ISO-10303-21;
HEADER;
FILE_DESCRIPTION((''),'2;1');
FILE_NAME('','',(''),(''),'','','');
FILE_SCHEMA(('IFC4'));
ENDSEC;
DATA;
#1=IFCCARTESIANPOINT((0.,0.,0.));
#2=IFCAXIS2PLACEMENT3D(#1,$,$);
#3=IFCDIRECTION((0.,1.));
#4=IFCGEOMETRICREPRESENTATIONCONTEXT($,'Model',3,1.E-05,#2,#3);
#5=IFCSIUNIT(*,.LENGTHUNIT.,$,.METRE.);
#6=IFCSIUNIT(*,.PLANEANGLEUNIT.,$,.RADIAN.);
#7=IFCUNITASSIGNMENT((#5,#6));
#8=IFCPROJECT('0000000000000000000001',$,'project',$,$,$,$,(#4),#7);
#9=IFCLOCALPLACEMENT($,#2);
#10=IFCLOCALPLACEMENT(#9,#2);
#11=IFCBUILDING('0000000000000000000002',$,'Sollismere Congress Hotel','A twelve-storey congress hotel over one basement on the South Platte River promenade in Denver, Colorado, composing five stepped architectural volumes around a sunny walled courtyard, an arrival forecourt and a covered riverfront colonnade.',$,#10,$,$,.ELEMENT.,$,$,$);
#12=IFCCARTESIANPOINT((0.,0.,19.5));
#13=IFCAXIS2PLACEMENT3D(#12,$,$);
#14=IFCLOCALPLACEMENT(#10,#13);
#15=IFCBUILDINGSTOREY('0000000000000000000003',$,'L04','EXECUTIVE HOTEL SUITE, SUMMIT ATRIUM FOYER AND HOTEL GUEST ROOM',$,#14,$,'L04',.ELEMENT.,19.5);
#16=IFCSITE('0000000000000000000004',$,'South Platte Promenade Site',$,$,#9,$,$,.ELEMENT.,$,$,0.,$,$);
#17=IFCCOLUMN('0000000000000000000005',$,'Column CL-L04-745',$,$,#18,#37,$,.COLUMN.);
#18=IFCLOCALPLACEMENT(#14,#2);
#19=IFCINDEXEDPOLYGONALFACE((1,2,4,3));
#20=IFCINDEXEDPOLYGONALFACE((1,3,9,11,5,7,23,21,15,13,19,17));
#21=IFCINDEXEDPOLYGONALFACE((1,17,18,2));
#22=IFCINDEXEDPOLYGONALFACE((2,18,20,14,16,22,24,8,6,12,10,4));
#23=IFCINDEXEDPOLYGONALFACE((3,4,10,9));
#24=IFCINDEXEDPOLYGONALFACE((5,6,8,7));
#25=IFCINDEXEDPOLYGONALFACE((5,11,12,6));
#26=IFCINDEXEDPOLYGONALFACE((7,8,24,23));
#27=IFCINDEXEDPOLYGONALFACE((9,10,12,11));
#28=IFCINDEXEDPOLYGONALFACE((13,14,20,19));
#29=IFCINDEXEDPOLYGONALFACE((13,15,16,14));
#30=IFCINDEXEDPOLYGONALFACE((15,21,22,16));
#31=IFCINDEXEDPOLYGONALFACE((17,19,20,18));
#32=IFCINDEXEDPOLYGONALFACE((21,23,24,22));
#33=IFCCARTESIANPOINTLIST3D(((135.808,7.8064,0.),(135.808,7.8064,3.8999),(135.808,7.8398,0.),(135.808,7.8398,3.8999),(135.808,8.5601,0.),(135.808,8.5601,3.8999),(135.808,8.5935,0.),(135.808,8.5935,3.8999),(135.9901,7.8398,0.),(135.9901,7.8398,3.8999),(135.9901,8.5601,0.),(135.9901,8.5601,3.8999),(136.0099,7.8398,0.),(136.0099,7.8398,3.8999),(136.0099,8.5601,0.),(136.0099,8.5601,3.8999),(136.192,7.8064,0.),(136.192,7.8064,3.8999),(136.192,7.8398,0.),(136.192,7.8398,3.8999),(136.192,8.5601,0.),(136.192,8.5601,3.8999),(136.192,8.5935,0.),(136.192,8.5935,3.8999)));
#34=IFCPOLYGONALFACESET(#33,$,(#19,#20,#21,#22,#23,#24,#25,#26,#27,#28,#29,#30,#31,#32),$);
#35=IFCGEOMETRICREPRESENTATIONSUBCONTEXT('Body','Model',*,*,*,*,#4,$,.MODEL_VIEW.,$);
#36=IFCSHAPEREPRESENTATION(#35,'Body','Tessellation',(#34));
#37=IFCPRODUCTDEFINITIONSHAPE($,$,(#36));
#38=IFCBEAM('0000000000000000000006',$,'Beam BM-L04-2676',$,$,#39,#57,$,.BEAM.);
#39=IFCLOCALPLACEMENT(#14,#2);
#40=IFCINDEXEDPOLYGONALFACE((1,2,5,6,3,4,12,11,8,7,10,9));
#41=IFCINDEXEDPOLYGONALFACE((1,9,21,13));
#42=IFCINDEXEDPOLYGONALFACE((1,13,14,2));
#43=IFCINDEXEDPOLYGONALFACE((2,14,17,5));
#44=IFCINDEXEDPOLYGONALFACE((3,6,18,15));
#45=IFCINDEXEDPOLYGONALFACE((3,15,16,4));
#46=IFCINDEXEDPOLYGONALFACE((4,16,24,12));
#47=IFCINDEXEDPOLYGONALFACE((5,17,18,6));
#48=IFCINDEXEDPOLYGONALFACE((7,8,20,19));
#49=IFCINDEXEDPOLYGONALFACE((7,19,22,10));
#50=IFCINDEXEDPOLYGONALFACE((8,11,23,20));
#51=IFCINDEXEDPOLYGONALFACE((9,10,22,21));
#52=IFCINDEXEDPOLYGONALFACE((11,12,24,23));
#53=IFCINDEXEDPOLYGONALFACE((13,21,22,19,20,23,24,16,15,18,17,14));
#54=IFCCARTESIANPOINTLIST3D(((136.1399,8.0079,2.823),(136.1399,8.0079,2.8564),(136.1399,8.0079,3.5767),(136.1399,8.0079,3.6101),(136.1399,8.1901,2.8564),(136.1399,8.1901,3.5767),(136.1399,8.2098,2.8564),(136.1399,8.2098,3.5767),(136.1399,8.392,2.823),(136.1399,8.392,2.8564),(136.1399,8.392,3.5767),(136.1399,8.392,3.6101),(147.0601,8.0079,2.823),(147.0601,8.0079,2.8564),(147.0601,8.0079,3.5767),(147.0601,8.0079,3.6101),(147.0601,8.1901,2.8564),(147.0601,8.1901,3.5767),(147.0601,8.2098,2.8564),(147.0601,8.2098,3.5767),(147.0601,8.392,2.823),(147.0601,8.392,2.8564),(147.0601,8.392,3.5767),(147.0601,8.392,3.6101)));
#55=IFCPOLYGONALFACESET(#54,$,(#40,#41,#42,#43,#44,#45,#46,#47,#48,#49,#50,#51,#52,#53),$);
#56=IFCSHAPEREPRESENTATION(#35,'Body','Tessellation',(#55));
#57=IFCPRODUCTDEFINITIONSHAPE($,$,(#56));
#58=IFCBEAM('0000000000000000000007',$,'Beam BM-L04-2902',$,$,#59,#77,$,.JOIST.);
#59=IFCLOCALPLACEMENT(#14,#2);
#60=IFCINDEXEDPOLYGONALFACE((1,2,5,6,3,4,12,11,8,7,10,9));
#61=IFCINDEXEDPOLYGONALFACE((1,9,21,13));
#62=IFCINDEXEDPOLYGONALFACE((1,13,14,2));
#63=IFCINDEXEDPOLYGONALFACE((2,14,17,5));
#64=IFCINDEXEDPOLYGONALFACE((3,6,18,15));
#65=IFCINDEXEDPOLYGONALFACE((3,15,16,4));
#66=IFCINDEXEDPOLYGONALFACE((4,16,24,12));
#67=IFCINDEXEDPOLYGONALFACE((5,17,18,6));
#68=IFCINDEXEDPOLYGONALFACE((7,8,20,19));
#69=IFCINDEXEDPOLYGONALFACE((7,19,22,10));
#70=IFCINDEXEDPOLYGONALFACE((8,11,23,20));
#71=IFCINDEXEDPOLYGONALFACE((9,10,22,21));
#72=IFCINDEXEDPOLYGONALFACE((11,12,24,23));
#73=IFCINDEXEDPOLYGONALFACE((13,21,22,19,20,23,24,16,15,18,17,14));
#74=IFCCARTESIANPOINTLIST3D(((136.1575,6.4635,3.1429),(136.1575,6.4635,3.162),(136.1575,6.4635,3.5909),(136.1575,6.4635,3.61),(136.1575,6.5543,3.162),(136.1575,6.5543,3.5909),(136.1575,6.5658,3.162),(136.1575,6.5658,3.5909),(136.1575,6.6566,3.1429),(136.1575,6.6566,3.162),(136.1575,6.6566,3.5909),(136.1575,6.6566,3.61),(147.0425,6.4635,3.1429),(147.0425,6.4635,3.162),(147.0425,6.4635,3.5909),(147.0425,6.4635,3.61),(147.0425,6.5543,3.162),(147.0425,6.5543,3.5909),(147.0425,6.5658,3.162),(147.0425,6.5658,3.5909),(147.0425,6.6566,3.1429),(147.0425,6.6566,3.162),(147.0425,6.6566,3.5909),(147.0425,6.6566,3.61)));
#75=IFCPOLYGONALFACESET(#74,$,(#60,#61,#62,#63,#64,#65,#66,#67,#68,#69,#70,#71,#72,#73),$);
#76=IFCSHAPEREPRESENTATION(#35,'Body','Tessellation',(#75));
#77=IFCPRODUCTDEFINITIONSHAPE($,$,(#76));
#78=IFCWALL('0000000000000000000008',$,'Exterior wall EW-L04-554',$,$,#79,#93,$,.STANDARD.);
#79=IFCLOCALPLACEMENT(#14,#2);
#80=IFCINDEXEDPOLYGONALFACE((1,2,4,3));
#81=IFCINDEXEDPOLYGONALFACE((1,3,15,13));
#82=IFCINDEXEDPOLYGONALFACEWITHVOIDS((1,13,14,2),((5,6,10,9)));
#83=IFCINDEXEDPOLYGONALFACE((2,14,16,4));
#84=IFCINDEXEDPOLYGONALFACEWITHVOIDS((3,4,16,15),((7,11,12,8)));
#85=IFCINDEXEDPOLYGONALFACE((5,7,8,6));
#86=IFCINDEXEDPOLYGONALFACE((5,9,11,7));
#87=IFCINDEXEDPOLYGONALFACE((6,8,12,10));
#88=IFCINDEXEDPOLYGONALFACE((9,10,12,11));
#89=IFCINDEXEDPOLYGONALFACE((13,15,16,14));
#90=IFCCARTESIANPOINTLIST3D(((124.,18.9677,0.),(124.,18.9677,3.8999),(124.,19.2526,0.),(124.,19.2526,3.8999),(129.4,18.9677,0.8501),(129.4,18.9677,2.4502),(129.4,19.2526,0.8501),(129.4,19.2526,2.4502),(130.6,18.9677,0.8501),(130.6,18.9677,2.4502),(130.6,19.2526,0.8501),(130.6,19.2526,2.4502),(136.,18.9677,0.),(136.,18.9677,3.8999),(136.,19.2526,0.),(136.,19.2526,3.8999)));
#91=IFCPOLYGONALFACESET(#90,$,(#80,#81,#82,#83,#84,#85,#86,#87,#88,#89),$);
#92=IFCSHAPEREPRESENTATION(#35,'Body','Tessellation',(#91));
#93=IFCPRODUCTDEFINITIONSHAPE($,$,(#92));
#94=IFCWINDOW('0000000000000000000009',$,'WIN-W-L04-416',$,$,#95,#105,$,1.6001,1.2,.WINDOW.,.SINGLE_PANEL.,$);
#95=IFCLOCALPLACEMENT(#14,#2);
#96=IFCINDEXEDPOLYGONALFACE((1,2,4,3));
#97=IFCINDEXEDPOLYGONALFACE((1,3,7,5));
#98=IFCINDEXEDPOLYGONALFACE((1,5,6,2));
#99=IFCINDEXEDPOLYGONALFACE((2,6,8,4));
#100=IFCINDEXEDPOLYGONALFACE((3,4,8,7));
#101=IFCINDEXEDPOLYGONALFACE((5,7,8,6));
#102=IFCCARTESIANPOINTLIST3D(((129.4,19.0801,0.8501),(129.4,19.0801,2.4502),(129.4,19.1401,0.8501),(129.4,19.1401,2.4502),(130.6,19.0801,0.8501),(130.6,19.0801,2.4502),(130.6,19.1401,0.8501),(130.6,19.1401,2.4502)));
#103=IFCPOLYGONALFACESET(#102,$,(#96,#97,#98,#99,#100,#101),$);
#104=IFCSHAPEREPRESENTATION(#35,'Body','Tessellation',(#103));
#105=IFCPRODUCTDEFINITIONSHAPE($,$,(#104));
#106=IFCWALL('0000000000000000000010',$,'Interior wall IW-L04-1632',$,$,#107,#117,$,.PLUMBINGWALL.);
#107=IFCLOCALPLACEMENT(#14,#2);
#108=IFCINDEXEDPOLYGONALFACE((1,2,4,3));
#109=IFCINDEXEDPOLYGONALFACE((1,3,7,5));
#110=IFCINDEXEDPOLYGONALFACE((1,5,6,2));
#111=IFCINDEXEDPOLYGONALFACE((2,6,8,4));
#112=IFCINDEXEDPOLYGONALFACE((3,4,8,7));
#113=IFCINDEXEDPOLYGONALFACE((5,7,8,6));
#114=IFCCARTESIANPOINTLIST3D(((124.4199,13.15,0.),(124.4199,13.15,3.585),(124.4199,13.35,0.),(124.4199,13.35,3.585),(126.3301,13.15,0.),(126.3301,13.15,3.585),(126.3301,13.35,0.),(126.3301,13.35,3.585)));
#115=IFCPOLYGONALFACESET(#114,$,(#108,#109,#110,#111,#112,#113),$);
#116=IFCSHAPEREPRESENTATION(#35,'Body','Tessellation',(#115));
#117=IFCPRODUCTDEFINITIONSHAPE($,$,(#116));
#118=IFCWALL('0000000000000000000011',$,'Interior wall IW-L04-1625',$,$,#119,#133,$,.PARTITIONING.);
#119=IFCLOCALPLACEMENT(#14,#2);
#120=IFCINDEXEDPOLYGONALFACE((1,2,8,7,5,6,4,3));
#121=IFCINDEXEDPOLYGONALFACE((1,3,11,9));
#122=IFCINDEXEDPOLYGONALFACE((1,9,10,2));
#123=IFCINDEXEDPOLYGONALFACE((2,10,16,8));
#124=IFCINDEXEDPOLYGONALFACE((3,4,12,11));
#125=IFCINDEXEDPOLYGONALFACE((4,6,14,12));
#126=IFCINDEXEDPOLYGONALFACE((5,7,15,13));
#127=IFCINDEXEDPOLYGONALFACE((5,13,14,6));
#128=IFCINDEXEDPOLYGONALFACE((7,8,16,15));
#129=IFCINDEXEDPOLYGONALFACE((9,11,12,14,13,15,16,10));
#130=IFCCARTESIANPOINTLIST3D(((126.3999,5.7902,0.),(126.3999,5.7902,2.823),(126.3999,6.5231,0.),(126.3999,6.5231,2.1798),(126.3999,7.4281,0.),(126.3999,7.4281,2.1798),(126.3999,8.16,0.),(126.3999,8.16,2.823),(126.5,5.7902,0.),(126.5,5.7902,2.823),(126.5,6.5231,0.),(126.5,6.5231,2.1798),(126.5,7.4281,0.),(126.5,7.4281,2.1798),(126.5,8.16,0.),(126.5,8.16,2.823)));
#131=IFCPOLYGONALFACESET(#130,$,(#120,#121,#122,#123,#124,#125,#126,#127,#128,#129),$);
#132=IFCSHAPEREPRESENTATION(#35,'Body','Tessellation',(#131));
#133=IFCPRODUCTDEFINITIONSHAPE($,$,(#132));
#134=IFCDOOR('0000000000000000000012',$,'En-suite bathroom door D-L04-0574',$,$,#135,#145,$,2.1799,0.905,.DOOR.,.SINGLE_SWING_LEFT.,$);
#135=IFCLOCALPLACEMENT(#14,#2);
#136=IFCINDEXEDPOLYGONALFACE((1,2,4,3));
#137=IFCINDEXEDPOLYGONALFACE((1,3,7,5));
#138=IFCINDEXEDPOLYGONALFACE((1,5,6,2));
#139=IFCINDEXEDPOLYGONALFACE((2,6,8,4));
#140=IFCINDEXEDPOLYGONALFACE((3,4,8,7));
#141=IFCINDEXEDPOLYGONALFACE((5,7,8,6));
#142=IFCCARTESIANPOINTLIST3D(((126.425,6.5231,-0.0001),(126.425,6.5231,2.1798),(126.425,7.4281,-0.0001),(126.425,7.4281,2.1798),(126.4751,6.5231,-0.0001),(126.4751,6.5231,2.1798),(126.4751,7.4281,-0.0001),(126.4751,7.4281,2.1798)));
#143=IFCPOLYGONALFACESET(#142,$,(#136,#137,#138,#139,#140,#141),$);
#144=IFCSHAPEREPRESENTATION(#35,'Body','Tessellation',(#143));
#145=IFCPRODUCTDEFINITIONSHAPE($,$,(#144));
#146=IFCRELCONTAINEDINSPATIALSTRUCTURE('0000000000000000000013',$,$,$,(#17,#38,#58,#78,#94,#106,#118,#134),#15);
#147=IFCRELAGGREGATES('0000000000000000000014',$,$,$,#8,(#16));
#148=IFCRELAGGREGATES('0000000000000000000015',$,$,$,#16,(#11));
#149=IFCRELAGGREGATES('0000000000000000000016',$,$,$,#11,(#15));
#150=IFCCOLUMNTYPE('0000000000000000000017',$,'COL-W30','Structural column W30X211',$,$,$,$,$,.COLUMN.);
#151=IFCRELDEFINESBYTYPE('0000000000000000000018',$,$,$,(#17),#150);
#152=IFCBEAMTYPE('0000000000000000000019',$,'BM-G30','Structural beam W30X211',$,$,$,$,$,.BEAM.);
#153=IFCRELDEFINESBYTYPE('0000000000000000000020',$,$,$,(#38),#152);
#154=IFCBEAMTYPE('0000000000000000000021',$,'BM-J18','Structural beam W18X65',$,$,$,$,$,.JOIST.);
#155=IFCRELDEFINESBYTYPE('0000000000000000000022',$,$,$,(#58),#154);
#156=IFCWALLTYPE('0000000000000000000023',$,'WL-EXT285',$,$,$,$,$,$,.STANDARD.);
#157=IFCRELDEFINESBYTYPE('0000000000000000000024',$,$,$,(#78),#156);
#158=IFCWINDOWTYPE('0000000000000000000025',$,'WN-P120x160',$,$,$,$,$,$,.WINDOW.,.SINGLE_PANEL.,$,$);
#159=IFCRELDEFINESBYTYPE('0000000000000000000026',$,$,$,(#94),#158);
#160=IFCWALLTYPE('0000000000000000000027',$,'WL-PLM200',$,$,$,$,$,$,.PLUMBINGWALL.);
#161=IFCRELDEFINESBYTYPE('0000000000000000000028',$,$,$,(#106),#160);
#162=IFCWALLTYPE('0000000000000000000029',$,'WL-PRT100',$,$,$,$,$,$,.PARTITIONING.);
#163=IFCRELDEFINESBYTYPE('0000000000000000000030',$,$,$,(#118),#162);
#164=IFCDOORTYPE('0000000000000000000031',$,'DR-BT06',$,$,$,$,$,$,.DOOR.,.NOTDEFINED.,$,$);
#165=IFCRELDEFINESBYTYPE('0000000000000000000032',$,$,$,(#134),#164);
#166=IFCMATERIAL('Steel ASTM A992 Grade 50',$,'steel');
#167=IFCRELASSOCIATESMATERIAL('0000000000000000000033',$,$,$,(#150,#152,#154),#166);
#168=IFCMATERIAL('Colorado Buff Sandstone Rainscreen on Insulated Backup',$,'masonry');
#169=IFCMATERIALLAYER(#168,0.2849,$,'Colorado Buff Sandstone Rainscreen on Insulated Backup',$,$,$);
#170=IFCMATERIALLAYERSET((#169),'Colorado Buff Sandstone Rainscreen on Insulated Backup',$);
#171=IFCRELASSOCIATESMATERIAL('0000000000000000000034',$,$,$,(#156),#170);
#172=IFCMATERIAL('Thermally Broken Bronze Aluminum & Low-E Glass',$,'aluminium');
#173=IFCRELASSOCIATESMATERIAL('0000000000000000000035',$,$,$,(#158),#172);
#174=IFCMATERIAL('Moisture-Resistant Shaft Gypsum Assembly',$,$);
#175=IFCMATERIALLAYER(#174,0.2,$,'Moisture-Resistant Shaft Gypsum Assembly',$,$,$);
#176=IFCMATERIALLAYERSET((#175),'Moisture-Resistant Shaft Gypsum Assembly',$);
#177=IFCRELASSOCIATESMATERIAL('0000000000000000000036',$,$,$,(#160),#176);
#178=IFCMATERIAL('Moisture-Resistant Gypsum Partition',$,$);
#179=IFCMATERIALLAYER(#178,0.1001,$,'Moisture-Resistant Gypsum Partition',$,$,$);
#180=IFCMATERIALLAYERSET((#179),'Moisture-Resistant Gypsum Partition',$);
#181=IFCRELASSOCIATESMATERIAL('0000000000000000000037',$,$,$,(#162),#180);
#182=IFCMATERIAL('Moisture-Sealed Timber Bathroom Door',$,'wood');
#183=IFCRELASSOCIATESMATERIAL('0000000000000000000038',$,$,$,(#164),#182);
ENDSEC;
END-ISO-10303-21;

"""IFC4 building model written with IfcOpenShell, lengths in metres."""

from ifc_helpers import new_model, si_unit, direction, frame, frame_2d, origin, origin_2d, place, context, subcontext, project, spatial, rectangle, i_section, extrude, material, layer, layer_set, material_profile, profile_set, type_object, element, fill, save


model = new_model("IFC4")

# Units and contexts
model_context = context("Model", 3, precision=1e-05, world=origin(), true_north=direction((0.0, 1.0)))
body_context = subcontext(model_context, "Body", "Model", "MODEL_VIEW")
ifc_project = project(units=[si_unit("LENGTHUNIT", "METRE"), si_unit("PLANEANGLEUNIT", "RADIAN")], contexts=[model_context])

# Site, building, storey
site_placement = place(None, origin())
site = spatial("IfcSite", under=ifc_project, at=site_placement, Name="South Platte Promenade Site", CompositionType="ELEMENT", RefElevation=0.0)
building_placement = place(site_placement, origin())
building = spatial("IfcBuilding", under=site, at=building_placement, Name="Sollismere Congress Hotel", Description="A twelve-storey congress hotel over one basement on the South Platte River promenade in Denver, Colorado, composing five stepped architectural volumes around a sunny walled courtyard, an arrival forecourt and a covered riverfront colonnade.", CompositionType="ELEMENT")
storey_placement = place(building_placement, frame((0.0, 0.0, 19.5)))
storey = spatial("IfcBuildingStorey", under=building, at=storey_placement, Name="L04", Description="EXECUTIVE HOTEL SUITE, SUMMIT ATRIUM FOYER AND HOTEL GUEST ROOM", LongName="L04", CompositionType="ELEMENT", Elevation=19.5)

# Column
ifc_material_1 = material(Name="Steel ASTM A992 Grade 50", Category="steel")
ifc_material_profile_1 = material_profile(ifc_material_1, i_section(OverallWidth=0.384, OverallDepth=0.7871, WebThickness=0.0198, FlangeThickness=0.0334, at=origin_2d()), Name="W30X211")
ifc_profile_set_1 = profile_set([ifc_material_profile_1], Name="Steel ASTM A992 Grade 50")
column_type = type_object("IfcColumnType", Name="COL-W30", Description="Structural column W30X211", PredefinedType="COLUMN", material=ifc_profile_set_1)
column_placement = place(storey_placement, frame((136.0, 8.2, 0.0), z_axis=(0.0, 0.0, 1.0), x_axis=(1.0, 0.0, 0.0)))
element("IfcColumn", 1, at=column_placement, inside=storey, type_object=column_type, Name="Column CL-L04-745", PredefinedType="COLUMN", context=body_context, shape_type="SweptSolid", body=[
    extrude(i_section(OverallWidth=0.384, OverallDepth=0.7871, WebThickness=0.0198, FlangeThickness=0.0334, at=origin_2d()), origin(), (0.0, 0.0, 1.0), 3.8999),
])

# Beams
ifc_material_profile_2 = material_profile(ifc_material_1, i_section(OverallWidth=0.384, OverallDepth=0.7871, WebThickness=0.0198, FlangeThickness=0.0334, at=origin_2d()), Name="W30X211")
ifc_profile_set_2 = profile_set([ifc_material_profile_2], Name="Steel ASTM A992 Grade 50")
beam_type_1 = type_object("IfcBeamType", Name="BM-G30", Description="Structural beam W30X211", PredefinedType="BEAM", material=ifc_profile_set_2)
beam_1_placement = place(storey_placement, frame((136.1399, 8.2, 3.2166), z_axis=(1.0, 0.0, 0.0), x_axis=(0.0, 1.0, 0.0)))
element("IfcBeam", 2, at=beam_1_placement, inside=storey, type_object=beam_type_1, Name="Beam BM-L04-2676", PredefinedType="BEAM", context=body_context, shape_type="SweptSolid", body=[
    extrude(i_section(OverallWidth=0.384, OverallDepth=0.7871, WebThickness=0.0198, FlangeThickness=0.0334, at=origin_2d()), origin(), (0.0, 0.0, 1.0), 10.9202),
])
ifc_material_profile_3 = material_profile(ifc_material_1, i_section(OverallWidth=0.1931, OverallDepth=0.467, WebThickness=0.0115, FlangeThickness=0.019, at=origin_2d()), Name="W18X65")
ifc_profile_set_3 = profile_set([ifc_material_profile_3], Name="Steel ASTM A992 Grade 50")
beam_type_2 = type_object("IfcBeamType", Name="BM-J18", Description="Structural beam W18X65", PredefinedType="JOIST", material=ifc_profile_set_3)
beam_2_placement = place(storey_placement, frame((136.1575, 6.5601, 3.3765), z_axis=(1.0, 0.0, 0.0), x_axis=(0.0, 1.0, 0.0)))
element("IfcBeam", 3, at=beam_2_placement, inside=storey, type_object=beam_type_2, Name="Beam BM-L04-2902", PredefinedType="JOIST", context=body_context, shape_type="SweptSolid", body=[
    extrude(i_section(OverallWidth=0.1931, OverallDepth=0.467, WebThickness=0.0115, FlangeThickness=0.019, at=origin_2d()), origin(), (0.0, 0.0, 1.0), 10.885),
])

# Wall, opening, window
ifc_material_2 = material(Name="Colorado Buff Sandstone Rainscreen on Insulated Backup", Category="masonry")
ifc_layer_1 = layer(ifc_material_2, 0.2849, Name="Colorado Buff Sandstone Rainscreen on Insulated Backup")
ifc_layer_set_1 = layer_set([ifc_layer_1], Name="Colorado Buff Sandstone Rainscreen on Insulated Backup")
wall_type_1 = type_object("IfcWallType", Name="WL-EXT285", PredefinedType="STANDARD", material=ifc_layer_set_1)
wall_1_placement = place(storey_placement, frame((136.0, 19.1101, 0.0), z_axis=(0.0, 0.0, 1.0), x_axis=(-1.0, 0.0, 0.0)))
wall_1 = element("IfcWall", 4, at=wall_1_placement, inside=storey, type_object=wall_type_1, Name="Exterior wall EW-L04-554", PredefinedType="STANDARD", context=body_context, shape_type="SweptSolid", body=[
    extrude(rectangle(XDim=12.0, YDim=0.2849, at=frame_2d((6.0, 0.0))), origin(), (0.0, 0.0, 1.0), 3.8999),
])
opening_1_placement = place(wall_1_placement, frame((5.3999, 0.0, 0.8501)))
opening_1 = element("IfcOpeningElement", 5, at=opening_1_placement, cuts=wall_1, PredefinedType="OPENING", context=body_context, shape_type="SweptSolid", body=[
    extrude(rectangle(XDim=1.2, YDim=1.6001, at=frame_2d((0.6001, 0.8))), frame((0.0, 0.1523, 0.0), z_axis=(0.0, -1.0, 0.0), x_axis=(1.0, 0.0, 0.0)), (0.0, 0.0, 1.0), 0.3049),
])
ifc_material_3 = material(Name="Thermally Broken Bronze Aluminum & Low-E Glass", Category="aluminium")
window_type = type_object("IfcWindowType", Name="WN-P120x160", PartitioningType="SINGLE_PANEL", PredefinedType="WINDOW", material=ifc_material_3)
window_placement = place(opening_1_placement, origin())
window = element("IfcWindow", 6, at=window_placement, inside=storey, type_object=window_type, Name="WIN-W-L04-416", OverallHeight=1.6001, OverallWidth=1.2, PartitioningType="SINGLE_PANEL", PredefinedType="WINDOW", context=body_context, shape_type="SweptSolid", body=[
    extrude(rectangle(XDim=1.2, YDim=1.6001, at=frame_2d((0.6001, 0.8))), frame((0.0, 0.03, 0.0), z_axis=(0.0, -1.0, 0.0), x_axis=(1.0, 0.0, 0.0)), (0.0, 0.0, 1.0), 0.0601),
])
fill(opening_1, window)

# Wall
ifc_material_4 = material(Name="Moisture-Resistant Shaft Gypsum Assembly")
ifc_layer_2 = layer(ifc_material_4, 0.2, Name="Moisture-Resistant Shaft Gypsum Assembly")
ifc_layer_set_2 = layer_set([ifc_layer_2], Name="Moisture-Resistant Shaft Gypsum Assembly")
wall_type_2 = type_object("IfcWallType", Name="WL-PLM200", PredefinedType="PLUMBINGWALL", material=ifc_layer_set_2)
wall_2_placement = place(storey_placement, frame((124.4199, 13.25, 0.0), z_axis=(0.0, 0.0, 1.0), x_axis=(1.0, 0.0, 0.0)))
element("IfcWall", 7, at=wall_2_placement, inside=storey, type_object=wall_type_2, Name="Interior wall IW-L04-1632", PredefinedType="PLUMBINGWALL", context=body_context, shape_type="SweptSolid", body=[
    extrude(rectangle(XDim=1.9102, YDim=0.2, at=frame_2d((0.9551, 0.0))), origin(), (0.0, 0.0, 1.0), 3.585),
])

# Wall, opening, door
ifc_material_5 = material(Name="Moisture-Resistant Gypsum Partition")
ifc_layer_3 = layer(ifc_material_5, 0.1001, Name="Moisture-Resistant Gypsum Partition")
ifc_layer_set_3 = layer_set([ifc_layer_3], Name="Moisture-Resistant Gypsum Partition")
wall_type_3 = type_object("IfcWallType", Name="WL-PRT100", PredefinedType="PARTITIONING", material=ifc_layer_set_3)
wall_3_placement = place(storey_placement, frame((126.45, 5.79, 0.0), z_axis=(0.0, 0.0, 1.0), x_axis=(0.0, 1.0, 0.0)))
wall_3 = element("IfcWall", 8, at=wall_3_placement, inside=storey, type_object=wall_type_3, Name="Interior wall IW-L04-1625", PredefinedType="PARTITIONING", context=body_context, shape_type="SweptSolid", body=[
    extrude(rectangle(XDim=2.3699, YDim=0.1001, at=frame_2d((1.1851, 0.0))), origin(), (0.0, 0.0, 1.0), 2.823),
])
opening_2_placement = place(wall_3_placement, frame((0.7329, 0.0, 0.0)))
opening_2 = element("IfcOpeningElement", 9, at=opening_2_placement, cuts=wall_3, PredefinedType="OPENING", context=body_context, shape_type="SweptSolid", body=[
    extrude(rectangle(XDim=0.905, YDim=2.1799, at=frame_2d((0.4526, 1.0898))), frame((0.0, 0.0601, 0.0), z_axis=(0.0, -1.0, 0.0), x_axis=(1.0, 0.0, 0.0)), (0.0, 0.0, 1.0), 0.1201),
])
ifc_material_6 = material(Name="Moisture-Sealed Timber Bathroom Door", Category="wood")
door_type_1 = type_object("IfcDoorType", Name="DR-BT06", OperationType="NOTDEFINED", PredefinedType="DOOR", material=ifc_material_6)
door_1_placement = place(opening_2_placement, origin())
door_1 = element("IfcDoor", 10, at=door_1_placement, inside=storey, type_object=door_type_1, Name="En-suite bathroom door D-L04-0574", OperationType="SINGLE_SWING_LEFT", OverallHeight=2.1799, OverallWidth=0.905, PredefinedType="DOOR", context=body_context, shape_type="SweptSolid", body=[
    extrude(rectangle(XDim=0.905, YDim=2.1799, at=frame_2d((0.4526, 1.0898))), frame((0.0, 0.0249, 0.0), z_axis=(0.0, -1.0, 0.0), x_axis=(1.0, 0.0, 0.0)), (0.0, 0.0, 1.0), 0.05),
])
fill(opening_2, door_1)

save(model, "model.ifc")
